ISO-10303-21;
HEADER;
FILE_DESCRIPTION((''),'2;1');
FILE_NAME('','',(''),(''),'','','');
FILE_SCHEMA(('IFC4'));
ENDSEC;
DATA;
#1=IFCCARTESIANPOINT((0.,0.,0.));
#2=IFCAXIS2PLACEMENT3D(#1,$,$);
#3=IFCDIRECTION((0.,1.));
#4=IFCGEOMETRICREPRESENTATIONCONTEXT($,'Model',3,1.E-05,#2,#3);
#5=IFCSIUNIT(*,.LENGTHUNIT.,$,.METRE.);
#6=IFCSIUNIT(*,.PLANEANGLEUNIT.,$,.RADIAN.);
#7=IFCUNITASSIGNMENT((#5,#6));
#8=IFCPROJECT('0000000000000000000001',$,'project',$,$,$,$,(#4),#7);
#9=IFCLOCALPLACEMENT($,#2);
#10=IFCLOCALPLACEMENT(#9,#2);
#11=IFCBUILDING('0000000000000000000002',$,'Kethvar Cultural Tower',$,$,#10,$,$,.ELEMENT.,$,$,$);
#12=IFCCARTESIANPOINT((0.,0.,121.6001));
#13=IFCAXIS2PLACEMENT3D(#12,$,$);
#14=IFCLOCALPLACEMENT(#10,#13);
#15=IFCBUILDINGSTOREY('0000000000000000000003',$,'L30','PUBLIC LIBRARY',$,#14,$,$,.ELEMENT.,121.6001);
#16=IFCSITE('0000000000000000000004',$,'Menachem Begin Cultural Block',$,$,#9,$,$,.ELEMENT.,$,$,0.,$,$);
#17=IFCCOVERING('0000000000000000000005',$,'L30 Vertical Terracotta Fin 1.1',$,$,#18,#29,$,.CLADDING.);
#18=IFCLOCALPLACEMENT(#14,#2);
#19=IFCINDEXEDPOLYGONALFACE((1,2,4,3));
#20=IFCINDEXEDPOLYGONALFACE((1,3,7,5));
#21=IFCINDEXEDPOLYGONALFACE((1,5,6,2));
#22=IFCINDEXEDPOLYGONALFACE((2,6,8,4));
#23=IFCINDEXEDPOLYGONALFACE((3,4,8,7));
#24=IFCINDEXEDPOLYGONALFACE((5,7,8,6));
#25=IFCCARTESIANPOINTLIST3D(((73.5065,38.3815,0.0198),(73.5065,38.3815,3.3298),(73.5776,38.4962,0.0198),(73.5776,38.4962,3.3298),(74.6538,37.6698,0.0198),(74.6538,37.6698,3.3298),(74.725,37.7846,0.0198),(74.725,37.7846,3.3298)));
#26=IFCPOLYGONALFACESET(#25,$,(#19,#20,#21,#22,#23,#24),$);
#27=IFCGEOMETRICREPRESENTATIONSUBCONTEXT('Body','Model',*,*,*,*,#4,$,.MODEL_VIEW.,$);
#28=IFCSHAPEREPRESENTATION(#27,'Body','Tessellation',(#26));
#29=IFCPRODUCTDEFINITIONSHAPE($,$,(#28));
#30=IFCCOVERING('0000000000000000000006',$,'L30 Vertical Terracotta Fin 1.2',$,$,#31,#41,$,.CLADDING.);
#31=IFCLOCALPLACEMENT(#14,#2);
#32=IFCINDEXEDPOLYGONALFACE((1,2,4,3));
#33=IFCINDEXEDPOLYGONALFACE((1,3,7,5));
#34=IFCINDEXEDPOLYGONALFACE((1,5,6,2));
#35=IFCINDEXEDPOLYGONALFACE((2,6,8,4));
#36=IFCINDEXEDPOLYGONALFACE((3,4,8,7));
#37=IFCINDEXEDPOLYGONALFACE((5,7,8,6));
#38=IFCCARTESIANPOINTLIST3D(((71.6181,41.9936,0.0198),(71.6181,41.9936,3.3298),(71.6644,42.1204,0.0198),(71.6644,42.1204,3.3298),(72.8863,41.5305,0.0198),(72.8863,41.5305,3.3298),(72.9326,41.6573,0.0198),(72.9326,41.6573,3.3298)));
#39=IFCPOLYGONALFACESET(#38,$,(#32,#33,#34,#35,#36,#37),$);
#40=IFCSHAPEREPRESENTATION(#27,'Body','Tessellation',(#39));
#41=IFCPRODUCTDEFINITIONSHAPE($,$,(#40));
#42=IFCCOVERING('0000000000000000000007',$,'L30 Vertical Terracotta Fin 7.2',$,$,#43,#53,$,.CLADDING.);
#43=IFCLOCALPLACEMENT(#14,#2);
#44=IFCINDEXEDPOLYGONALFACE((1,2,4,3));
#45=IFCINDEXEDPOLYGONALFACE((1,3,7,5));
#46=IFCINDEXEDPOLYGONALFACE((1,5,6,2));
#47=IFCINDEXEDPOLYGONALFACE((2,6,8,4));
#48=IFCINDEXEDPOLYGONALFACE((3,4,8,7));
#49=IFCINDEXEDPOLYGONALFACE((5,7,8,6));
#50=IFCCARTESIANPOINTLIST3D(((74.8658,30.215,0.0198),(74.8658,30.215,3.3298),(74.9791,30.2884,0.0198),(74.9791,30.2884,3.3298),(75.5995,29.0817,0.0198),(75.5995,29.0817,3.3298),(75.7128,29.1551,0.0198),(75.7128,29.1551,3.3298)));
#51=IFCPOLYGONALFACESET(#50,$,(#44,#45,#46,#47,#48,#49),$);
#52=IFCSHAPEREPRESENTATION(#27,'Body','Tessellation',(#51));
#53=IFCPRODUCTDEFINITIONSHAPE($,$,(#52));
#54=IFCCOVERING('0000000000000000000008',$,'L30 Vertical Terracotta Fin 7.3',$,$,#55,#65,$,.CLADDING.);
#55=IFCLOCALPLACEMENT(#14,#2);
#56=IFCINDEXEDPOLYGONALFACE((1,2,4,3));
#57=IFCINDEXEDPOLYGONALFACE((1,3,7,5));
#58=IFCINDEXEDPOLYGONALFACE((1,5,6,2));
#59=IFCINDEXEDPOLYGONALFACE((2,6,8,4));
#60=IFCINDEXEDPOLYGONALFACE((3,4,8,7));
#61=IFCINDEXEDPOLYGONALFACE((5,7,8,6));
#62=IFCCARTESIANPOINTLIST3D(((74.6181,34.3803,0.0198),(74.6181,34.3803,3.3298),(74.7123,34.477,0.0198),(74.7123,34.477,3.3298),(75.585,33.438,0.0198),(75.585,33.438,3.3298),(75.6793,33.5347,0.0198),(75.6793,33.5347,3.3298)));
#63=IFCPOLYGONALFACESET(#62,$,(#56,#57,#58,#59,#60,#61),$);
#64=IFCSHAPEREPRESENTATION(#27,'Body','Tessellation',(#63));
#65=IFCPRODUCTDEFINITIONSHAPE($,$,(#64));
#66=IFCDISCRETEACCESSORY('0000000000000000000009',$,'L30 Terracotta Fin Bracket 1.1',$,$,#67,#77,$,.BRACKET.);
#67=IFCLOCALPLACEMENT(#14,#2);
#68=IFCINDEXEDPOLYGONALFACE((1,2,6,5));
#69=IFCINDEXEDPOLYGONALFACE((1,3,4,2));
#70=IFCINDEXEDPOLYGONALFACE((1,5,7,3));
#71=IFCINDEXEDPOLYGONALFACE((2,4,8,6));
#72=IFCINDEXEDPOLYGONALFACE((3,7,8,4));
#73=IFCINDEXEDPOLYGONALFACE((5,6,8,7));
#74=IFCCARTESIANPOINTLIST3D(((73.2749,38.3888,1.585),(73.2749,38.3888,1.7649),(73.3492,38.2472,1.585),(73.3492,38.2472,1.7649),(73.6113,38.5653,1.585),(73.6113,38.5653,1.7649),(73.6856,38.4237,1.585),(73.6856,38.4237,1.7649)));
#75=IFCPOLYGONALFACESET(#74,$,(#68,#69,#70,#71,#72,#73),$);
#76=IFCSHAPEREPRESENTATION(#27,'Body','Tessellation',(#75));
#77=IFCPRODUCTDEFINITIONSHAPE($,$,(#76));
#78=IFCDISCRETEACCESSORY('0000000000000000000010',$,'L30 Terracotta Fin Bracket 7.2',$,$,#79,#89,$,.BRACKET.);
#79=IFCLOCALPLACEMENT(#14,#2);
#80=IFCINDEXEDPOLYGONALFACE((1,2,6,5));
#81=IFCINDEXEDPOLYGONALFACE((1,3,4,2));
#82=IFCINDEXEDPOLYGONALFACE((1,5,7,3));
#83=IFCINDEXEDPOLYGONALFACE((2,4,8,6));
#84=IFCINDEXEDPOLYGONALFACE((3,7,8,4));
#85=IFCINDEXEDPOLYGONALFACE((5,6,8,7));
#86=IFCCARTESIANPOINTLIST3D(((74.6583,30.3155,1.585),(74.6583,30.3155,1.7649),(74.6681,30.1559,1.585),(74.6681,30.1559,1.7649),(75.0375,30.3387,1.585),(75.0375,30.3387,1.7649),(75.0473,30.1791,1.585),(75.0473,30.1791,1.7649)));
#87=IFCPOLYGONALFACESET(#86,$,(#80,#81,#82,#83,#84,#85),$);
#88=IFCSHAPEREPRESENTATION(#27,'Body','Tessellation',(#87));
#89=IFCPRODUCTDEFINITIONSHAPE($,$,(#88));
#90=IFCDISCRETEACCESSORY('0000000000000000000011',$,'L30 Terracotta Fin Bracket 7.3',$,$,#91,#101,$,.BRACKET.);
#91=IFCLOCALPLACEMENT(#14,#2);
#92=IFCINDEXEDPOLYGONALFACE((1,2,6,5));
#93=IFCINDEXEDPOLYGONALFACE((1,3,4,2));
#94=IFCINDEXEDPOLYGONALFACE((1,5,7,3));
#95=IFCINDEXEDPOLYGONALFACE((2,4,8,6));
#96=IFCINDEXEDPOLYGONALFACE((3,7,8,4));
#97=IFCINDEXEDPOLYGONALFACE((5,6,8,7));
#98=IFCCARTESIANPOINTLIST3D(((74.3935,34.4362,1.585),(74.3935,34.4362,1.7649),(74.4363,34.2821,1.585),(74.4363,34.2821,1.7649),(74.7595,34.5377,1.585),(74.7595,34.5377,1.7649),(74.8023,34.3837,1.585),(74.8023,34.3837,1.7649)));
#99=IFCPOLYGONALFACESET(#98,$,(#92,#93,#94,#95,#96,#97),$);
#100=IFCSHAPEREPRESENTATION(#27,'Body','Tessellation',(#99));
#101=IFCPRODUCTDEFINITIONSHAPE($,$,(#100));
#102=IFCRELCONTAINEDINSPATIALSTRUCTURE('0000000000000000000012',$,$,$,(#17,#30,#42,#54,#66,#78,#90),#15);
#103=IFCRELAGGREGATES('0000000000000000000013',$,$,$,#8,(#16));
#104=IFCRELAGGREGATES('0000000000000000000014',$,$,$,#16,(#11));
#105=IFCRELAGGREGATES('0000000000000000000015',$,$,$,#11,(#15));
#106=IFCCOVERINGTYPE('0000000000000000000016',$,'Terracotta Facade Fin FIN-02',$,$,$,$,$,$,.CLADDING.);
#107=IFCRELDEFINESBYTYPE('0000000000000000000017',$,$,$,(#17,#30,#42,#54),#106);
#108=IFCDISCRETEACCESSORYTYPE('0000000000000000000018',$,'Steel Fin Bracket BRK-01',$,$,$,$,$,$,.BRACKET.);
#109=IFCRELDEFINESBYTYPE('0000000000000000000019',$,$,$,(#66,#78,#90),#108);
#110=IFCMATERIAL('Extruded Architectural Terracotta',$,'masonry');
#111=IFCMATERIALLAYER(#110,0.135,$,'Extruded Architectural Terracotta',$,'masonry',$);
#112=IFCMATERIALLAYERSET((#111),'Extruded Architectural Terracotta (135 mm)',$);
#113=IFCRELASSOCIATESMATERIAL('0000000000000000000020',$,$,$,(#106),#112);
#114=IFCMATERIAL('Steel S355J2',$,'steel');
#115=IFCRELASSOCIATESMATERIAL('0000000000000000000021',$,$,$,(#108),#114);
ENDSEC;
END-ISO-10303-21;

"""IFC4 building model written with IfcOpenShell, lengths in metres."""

from ifc_helpers import new_model, si_unit, direction, frame, origin, origin_2d, place, context, subcontext, project, spatial, rectangle, extrude, source, transform, mapped, material, layer, layer_set, type_object, element, save


model = new_model("IFC4")

# Units and contexts
model_context = context("Model", 3, precision=1e-05, world=origin(), true_north=direction((0.0, 1.0)))
body_context = subcontext(model_context, "Body", "Model", "MODEL_VIEW")
ifc_project = project(units=[si_unit("LENGTHUNIT", "METRE"), si_unit("PLANEANGLEUNIT", "RADIAN")], contexts=[model_context])

# Site, building, storey
site_placement = place(None, origin())
site = spatial("IfcSite", under=ifc_project, at=site_placement, Name="Menachem Begin Cultural Block", CompositionType="ELEMENT", RefElevation=0.0)
building_placement = place(site_placement, origin())
building = spatial("IfcBuilding", under=site, at=building_placement, Name="Kethvar Cultural Tower", CompositionType="ELEMENT")
storey_placement = place(building_placement, frame((0.0, 0.0, 121.6001)))
storey = spatial("IfcBuildingStorey", under=building, at=storey_placement, Name="L30", Description="PUBLIC LIBRARY", CompositionType="ELEMENT", Elevation=121.6001)

# Shared definitions
ifc_material_1 = material(Name="Steel S355J2", Category="steel")

# Coverings
ifc_material_2 = material(Name="Extruded Architectural Terracotta", Category="masonry")
ifc_layer_1 = layer(ifc_material_2, 0.135, Name="Extruded Architectural Terracotta", Category="masonry")
ifc_layer_set_1 = layer_set([ifc_layer_1], Name="Extruded Architectural Terracotta (135 mm)")
covering_type = type_object("IfcCoveringType", Name="Terracotta Facade Fin FIN-02", PredefinedType="CLADDING", material=ifc_layer_set_1)
shared_shape_1 = source(origin(), body_context, "Body", "SweptSolid", [
    extrude(rectangle(XDim=1.3501, YDim=0.135, at=origin_2d()), origin(), (0.0, 0.0, 1.0), 3.3101),
])
for number, where, z_axis, x_axis, name in (
    (1, (74.1157, 38.083, 0.0198), (0.0, 0.0, 1.0), (0.849801, -0.527104, 0.0), "L30 Vertical Terracotta Fin 1.1"),
    (2, (72.2754, 41.8254, 0.0198), (0.0, 0.0, 1.0), (0.939334, -0.343004, 0.0), "L30 Vertical Terracotta Fin 1.2"),
    (3, (75.2893, 29.6851, 0.0198), (0.0, 0.0, 1.0), (0.543467, -0.83943, 0.0), "L30 Vertical Terracotta Fin 7.2"),
    (4, (75.1487, 33.9575, 0.0198), (0.0, 0.0, 1.0), (0.71618, -0.697915, 0.0), "L30 Vertical Terracotta Fin 7.3"),
):
    element("IfcCovering", number, at=place(storey_placement, frame(where, z_axis=z_axis, x_axis=x_axis)), inside=storey, type_object=covering_type, Name=name, PredefinedType="CLADDING", context=body_context, shape_type="MappedRepresentation", body=[
        mapped(shared_shape_1, transform((0.0, 0.0, 0.0), scale=1.0)),
    ])

# Discrete accessories
discrete_accessory_type = type_object("IfcDiscreteAccessoryType", Name="Steel Fin Bracket BRK-01", PredefinedType="BRACKET", material=ifc_material_1)
shared_shape_2 = source(origin(), body_context, "Body", "SweptSolid", [
    extrude(rectangle(XDim=0.3799, YDim=0.1599, at=origin_2d()), origin(), (0.0, 0.0, 1.0), 0.1799),
])
for number, where, z_axis, x_axis, name in (
    (5, (73.4802, 38.4062, 1.585), (0.0, 0.0, 1.0), (0.885475, 0.464688, 0.0), "L30 Terracotta Fin Bracket 1.1"),
    (6, (74.8528, 30.2473, 1.585), (0.0, 0.0, 1.0), (0.998135, 0.061049, 0.0), "L30 Terracotta Fin Bracket 7.2"),
    (7, (74.5979, 34.4099, 1.585), (0.0, 0.0, 1.0), (0.963584, 0.267407, 0.0), "L30 Terracotta Fin Bracket 7.3"),
):
    element("IfcDiscreteAccessory", number, at=place(storey_placement, frame(where, z_axis=z_axis, x_axis=x_axis)), inside=storey, type_object=discrete_accessory_type, Name=name, PredefinedType="BRACKET", context=body_context, shape_type="MappedRepresentation", body=[
        mapped(shared_shape_2, transform((0.0, 0.0, 0.0), scale=1.0)),
    ])

save(model, "model.ifc")
